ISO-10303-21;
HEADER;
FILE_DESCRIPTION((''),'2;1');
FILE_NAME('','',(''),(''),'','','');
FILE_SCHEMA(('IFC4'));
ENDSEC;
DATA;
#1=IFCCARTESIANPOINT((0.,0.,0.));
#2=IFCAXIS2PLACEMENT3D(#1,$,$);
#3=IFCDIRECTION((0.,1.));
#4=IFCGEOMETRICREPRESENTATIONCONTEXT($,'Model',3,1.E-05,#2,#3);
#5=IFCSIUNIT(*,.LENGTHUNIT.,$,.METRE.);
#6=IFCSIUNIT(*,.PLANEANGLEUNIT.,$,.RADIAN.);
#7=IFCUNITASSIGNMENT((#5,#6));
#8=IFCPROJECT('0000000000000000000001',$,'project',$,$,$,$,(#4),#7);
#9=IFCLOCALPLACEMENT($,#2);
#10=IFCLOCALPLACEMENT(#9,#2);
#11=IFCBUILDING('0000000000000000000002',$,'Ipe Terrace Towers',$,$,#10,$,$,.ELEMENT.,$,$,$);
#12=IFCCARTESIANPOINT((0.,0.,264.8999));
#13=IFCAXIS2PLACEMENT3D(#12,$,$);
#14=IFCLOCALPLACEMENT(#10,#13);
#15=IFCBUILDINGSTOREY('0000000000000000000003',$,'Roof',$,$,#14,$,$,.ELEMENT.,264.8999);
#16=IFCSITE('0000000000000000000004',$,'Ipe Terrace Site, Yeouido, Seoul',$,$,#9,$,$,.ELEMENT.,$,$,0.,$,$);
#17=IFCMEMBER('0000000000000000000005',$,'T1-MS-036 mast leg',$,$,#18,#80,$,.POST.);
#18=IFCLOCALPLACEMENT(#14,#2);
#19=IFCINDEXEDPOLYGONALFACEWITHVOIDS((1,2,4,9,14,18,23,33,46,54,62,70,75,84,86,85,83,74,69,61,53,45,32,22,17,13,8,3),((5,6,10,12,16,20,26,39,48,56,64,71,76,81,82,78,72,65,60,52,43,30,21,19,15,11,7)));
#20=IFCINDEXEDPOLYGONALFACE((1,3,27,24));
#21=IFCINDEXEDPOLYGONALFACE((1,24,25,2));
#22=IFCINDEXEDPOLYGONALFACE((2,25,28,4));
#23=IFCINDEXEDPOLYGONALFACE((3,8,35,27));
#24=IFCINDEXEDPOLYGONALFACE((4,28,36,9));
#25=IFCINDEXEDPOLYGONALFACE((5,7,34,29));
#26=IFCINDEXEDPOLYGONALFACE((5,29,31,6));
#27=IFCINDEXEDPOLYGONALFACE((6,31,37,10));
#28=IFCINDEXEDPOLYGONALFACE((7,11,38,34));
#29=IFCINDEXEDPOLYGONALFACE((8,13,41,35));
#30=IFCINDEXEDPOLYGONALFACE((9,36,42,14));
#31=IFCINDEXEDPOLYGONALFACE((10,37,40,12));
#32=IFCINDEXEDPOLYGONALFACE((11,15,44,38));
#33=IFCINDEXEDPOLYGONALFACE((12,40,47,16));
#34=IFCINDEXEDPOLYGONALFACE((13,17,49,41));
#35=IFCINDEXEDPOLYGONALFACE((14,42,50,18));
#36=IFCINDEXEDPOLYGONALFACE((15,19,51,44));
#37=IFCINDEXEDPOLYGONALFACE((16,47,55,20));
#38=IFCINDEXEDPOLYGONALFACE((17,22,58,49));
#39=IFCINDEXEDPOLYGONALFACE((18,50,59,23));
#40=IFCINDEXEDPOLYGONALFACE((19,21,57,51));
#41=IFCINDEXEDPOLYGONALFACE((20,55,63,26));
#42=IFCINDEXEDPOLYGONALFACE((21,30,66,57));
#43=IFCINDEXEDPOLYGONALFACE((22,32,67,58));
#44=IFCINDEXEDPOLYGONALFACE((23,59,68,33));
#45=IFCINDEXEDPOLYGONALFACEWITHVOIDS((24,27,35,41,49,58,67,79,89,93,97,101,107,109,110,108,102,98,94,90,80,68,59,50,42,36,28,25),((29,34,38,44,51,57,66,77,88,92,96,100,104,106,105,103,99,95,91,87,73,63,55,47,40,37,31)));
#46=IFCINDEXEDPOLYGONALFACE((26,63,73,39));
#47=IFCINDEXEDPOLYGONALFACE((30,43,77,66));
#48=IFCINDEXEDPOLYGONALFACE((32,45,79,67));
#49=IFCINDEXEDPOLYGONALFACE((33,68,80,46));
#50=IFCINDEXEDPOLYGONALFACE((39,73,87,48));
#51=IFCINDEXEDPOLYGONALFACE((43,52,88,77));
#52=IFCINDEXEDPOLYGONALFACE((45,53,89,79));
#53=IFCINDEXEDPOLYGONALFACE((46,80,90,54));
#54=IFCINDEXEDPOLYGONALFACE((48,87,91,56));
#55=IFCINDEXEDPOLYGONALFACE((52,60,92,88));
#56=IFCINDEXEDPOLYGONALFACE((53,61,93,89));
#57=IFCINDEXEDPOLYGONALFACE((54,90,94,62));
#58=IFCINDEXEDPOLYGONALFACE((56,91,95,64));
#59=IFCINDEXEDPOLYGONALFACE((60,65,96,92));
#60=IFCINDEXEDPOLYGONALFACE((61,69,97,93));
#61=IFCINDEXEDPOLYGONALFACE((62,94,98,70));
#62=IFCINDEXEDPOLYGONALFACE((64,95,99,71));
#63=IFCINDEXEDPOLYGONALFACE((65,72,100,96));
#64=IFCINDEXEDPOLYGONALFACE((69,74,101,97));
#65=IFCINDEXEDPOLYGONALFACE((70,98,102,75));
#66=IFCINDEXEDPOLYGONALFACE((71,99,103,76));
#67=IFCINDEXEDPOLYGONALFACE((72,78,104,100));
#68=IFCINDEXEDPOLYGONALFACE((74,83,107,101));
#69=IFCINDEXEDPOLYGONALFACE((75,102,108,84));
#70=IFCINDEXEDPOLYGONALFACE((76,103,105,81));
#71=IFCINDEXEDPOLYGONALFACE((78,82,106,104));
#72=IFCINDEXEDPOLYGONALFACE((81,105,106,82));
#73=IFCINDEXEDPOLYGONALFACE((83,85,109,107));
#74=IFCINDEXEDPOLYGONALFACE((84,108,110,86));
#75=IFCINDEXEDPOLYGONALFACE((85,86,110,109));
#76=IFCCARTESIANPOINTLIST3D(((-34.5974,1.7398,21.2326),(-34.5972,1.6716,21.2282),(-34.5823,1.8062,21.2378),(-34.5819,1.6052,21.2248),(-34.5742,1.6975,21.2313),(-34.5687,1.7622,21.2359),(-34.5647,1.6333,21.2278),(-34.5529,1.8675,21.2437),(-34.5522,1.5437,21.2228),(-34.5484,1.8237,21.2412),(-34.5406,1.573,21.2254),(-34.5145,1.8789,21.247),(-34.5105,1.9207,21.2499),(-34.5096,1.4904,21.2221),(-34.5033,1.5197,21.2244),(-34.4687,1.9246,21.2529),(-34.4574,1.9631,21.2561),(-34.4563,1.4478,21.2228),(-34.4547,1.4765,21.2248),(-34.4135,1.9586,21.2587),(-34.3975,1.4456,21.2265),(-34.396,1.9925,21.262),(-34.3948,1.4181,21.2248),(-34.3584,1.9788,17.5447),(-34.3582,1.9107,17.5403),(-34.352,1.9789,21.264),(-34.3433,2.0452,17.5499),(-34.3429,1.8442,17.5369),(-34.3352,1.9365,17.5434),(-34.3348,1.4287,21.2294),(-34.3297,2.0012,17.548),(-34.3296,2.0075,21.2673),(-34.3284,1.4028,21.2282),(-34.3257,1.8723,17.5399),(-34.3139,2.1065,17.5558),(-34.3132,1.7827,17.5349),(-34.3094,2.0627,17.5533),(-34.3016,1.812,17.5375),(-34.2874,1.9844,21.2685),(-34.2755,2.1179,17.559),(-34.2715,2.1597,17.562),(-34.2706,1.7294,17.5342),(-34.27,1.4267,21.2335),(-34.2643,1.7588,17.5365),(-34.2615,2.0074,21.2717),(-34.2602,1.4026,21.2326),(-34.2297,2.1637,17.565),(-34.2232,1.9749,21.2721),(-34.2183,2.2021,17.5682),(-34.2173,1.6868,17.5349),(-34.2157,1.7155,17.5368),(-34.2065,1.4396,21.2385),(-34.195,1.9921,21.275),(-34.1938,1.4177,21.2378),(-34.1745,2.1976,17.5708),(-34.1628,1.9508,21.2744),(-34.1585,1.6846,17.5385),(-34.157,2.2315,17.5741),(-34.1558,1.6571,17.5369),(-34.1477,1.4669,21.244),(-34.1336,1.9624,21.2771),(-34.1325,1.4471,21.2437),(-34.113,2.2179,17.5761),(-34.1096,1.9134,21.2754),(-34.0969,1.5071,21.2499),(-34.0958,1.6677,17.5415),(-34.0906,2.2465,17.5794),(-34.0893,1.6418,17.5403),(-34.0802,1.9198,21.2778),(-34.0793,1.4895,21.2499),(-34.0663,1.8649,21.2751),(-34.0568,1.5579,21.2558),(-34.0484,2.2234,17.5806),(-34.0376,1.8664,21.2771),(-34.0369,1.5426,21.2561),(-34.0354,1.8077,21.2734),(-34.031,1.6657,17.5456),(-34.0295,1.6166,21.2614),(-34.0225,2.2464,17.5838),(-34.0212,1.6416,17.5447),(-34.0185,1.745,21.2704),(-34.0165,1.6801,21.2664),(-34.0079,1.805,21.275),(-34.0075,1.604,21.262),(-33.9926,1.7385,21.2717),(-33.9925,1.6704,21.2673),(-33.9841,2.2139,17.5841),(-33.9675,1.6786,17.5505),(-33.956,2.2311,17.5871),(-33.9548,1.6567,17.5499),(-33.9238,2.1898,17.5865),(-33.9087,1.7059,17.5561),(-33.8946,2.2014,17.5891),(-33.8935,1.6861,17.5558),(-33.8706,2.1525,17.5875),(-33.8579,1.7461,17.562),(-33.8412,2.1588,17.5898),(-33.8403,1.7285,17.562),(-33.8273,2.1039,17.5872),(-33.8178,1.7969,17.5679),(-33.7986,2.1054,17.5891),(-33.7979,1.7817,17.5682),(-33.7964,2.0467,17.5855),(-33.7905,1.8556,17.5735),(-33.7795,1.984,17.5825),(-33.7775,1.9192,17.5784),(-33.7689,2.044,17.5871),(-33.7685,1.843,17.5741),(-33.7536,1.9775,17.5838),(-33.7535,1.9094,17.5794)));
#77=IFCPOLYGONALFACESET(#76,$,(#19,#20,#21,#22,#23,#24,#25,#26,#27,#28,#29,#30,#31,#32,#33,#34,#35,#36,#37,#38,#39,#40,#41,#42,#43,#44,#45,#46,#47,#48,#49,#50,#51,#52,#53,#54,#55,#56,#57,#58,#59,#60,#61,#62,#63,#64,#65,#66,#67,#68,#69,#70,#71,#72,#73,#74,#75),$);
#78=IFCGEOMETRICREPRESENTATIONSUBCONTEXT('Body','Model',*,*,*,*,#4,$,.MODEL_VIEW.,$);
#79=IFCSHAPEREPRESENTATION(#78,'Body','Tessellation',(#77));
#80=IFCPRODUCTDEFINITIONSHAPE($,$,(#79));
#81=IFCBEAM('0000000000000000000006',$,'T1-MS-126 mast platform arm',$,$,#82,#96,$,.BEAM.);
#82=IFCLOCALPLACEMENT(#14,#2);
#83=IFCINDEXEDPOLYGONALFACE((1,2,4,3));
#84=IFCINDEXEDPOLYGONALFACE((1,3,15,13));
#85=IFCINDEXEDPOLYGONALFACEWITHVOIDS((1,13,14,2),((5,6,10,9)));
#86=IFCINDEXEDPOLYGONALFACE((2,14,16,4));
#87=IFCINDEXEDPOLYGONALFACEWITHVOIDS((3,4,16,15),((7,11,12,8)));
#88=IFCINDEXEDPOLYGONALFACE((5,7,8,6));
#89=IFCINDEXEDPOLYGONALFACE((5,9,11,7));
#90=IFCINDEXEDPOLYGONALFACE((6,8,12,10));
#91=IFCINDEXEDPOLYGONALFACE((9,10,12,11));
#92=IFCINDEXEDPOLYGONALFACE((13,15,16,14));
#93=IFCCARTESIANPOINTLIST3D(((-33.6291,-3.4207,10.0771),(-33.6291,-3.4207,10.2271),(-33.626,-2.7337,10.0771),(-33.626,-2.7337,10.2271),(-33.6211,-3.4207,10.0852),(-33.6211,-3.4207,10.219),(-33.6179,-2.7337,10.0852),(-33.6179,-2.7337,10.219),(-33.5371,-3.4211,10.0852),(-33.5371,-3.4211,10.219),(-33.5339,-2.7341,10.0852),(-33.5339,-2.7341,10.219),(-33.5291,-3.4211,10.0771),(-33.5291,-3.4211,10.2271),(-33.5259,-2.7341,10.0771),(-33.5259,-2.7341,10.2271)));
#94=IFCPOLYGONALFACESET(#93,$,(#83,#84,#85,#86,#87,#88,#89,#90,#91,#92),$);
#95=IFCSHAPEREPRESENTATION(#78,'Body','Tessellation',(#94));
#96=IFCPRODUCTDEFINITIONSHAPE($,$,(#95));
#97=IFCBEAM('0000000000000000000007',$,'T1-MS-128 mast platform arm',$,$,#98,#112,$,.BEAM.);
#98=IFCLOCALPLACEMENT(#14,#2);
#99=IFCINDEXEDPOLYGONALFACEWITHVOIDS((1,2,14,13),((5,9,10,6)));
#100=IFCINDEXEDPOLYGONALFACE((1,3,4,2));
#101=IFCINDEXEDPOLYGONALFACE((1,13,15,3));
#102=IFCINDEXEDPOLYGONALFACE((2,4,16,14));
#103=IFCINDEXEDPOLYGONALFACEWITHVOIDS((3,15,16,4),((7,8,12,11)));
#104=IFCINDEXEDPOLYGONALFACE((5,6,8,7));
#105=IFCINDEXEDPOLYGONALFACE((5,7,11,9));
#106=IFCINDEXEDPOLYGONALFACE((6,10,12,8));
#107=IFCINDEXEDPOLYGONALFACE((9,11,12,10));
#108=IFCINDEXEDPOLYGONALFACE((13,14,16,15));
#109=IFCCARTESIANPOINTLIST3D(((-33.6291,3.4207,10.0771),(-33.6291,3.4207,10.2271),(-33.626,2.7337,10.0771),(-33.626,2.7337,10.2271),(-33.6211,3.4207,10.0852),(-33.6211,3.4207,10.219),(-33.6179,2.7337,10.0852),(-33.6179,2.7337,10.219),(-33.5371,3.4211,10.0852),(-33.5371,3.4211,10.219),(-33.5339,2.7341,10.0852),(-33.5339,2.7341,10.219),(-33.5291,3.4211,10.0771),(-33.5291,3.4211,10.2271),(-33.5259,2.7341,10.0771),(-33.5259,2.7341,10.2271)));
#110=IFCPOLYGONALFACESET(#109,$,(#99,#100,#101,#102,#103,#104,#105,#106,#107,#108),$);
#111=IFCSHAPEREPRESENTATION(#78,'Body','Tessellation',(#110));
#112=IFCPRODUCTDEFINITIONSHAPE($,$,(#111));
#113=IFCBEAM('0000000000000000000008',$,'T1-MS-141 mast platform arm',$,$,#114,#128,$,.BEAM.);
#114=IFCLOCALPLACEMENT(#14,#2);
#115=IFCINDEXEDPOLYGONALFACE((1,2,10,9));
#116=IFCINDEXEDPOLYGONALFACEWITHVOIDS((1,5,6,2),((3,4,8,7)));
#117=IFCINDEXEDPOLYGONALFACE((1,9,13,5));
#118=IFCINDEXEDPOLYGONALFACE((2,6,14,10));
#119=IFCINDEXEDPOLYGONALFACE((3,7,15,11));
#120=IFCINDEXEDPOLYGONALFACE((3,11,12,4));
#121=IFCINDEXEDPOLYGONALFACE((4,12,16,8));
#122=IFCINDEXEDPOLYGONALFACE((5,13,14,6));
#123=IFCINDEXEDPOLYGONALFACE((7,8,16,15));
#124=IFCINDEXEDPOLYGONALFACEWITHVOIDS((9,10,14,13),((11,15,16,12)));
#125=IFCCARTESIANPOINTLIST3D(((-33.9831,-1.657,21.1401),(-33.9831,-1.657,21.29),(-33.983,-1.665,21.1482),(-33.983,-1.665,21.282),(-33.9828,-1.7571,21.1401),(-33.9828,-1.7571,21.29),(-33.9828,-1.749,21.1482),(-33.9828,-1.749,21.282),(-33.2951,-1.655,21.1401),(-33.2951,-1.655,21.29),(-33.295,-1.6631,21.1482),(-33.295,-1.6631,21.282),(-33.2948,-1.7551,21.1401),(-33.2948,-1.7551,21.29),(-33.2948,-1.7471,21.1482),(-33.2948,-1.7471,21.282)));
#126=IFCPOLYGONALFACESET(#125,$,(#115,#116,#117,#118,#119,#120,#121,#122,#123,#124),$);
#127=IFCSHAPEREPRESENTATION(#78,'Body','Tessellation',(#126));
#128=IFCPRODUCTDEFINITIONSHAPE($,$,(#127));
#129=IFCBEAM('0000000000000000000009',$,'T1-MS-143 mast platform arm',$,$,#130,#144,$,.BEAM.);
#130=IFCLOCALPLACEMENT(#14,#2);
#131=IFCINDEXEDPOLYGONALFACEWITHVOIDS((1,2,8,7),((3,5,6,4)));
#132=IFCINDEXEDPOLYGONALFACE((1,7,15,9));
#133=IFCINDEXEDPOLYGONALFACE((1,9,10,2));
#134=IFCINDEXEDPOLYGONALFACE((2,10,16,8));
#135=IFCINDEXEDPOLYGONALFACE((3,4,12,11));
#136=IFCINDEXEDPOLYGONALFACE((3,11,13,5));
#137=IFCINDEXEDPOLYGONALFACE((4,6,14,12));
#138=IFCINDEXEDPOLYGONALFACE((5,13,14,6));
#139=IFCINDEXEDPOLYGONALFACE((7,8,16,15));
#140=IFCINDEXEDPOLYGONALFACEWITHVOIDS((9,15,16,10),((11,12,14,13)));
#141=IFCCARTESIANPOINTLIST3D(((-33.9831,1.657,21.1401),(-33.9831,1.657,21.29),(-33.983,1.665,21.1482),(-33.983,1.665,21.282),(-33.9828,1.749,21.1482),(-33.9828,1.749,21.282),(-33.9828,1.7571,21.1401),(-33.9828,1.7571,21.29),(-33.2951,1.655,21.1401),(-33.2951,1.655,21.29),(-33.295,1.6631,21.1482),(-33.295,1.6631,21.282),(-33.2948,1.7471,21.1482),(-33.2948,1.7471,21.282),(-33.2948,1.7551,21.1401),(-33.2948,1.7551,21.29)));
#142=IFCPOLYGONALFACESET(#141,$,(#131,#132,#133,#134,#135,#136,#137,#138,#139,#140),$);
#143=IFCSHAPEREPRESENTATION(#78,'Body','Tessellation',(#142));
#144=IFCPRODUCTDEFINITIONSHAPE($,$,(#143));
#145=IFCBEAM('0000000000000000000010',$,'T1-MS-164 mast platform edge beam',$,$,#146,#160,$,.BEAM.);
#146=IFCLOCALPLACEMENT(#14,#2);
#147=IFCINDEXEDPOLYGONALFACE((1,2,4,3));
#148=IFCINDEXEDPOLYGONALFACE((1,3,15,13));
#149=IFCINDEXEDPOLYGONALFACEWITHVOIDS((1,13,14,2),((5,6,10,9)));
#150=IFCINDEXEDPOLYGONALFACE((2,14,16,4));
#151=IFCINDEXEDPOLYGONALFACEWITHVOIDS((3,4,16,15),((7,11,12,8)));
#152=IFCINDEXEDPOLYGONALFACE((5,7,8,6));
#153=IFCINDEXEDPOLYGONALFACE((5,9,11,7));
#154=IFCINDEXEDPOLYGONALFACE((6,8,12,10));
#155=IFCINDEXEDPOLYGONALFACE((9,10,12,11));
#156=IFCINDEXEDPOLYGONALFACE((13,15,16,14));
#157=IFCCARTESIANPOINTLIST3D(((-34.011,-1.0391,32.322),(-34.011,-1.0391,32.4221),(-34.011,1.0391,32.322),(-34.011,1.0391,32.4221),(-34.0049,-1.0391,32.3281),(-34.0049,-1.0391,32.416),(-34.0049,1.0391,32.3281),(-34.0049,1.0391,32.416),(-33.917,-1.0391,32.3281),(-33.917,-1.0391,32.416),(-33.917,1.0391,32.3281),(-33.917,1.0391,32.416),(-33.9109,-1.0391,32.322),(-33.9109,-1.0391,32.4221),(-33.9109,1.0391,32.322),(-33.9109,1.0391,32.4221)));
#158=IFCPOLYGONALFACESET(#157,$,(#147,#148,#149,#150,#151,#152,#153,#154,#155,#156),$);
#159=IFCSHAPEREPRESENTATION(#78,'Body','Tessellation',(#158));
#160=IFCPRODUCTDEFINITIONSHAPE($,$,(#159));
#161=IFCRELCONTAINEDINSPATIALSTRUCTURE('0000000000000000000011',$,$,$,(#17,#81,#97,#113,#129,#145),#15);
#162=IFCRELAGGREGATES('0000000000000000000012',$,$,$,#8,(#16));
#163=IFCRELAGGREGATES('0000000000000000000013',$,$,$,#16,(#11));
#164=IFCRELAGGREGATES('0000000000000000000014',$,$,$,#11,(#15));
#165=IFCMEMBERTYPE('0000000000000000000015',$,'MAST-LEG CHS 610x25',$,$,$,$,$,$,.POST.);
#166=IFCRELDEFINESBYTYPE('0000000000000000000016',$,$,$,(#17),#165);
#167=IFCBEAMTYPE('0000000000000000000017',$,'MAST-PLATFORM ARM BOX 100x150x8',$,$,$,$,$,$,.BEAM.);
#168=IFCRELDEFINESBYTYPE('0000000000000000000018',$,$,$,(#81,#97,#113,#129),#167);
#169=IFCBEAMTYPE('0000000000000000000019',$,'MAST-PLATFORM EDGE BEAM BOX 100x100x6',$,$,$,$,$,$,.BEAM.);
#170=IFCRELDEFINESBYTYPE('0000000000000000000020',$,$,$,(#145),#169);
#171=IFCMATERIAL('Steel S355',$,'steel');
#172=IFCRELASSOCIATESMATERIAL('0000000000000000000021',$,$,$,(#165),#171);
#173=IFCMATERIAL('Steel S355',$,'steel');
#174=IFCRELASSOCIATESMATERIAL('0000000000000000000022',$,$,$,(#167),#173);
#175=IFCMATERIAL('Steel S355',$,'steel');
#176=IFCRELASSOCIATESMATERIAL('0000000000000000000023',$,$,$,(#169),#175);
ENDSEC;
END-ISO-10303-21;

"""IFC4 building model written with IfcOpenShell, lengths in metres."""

from ifc_helpers import new_model, si_unit, direction, frame, origin, origin_2d, place, context, subcontext, project, spatial, hollow_rectangle, hollow_circle, extrude, material, material_profile, profile_set, type_object, element, save


model = new_model("IFC4")

# Units and contexts
model_context = context("Model", 3, precision=1e-05, world=origin(), true_north=direction((0.0, 1.0)))
body_context = subcontext(model_context, "Body", "Model", "MODEL_VIEW")
ifc_project = project(units=[si_unit("LENGTHUNIT", "METRE"), si_unit("PLANEANGLEUNIT", "RADIAN")], contexts=[model_context])

# Site, building, storey
site_placement = place(None, origin())
site = spatial("IfcSite", under=ifc_project, at=site_placement, Name="Ipe Terrace Site, Yeouido, Seoul", CompositionType="ELEMENT", RefElevation=0.0)
building_placement = place(site_placement, origin())
building = spatial("IfcBuilding", under=site, at=building_placement, Name="Ipe Terrace Towers", CompositionType="ELEMENT")
storey_placement = place(building_placement, frame((0.0, 0.0, 264.8999)))
storey = spatial("IfcBuildingStorey", under=building, at=storey_placement, Name="Roof", CompositionType="ELEMENT", Elevation=264.8999)

# Member
ifc_material_1 = material(Name="Steel S355", Category="steel")
ifc_material_profile_1 = material_profile(ifc_material_1, hollow_circle(Radius=0.3049, WallThickness=0.0249, at=origin_2d()), Name="MAST-LEG CHS 610x25")
ifc_profile_set_1 = profile_set([ifc_material_profile_1], Name="Steel S355")
member_type_1 = type_object("IfcMemberType", Name="MAST-LEG CHS 610x25", PredefinedType="POST", material=ifc_profile_set_1)
member_1_placement = place(storey_placement, frame((-34.0559, 1.9441, 17.562), z_axis=(-0.064538, -0.064538, 0.995826), x_axis=(0.707107, -0.707107, 0.0)))
element("IfcMember", 1, at=member_1_placement, inside=storey, type_object=member_type_1, Name="T1-MS-036 mast leg", PredefinedType="POST", context=body_context, shape_type="SweptSolid", body=[
    extrude(hollow_circle(Radius=0.3049, WallThickness=0.0249, at=origin_2d()), origin(), (0.0, 0.0, 1.0), 3.7034),
])

# Beams
ifc_material_2 = material(Name="Steel S355", Category="steel")
ifc_material_profile_2 = material_profile(ifc_material_2, hollow_rectangle(XDim=0.1001, YDim=0.1499, WallThickness=0.0081, at=origin_2d()), Name="MAST-PLATFORM ARM BOX 100x150x8")
ifc_profile_set_2 = profile_set([ifc_material_profile_2], Name="Steel S355")
beam_type_1 = type_object("IfcBeamType", Name="MAST-PLATFORM ARM BOX 100x150x8", PredefinedType="BEAM", material=ifc_profile_set_2)
for number, where, z_axis, x_axis, name in (
    (2, (-33.5759, -2.7339, 10.1521), (-0.00462, -0.999989, 0.0), (0.999989, -0.00462, 0.0), "T1-MS-126 mast platform arm"),
    (3, (-33.5759, 2.7339, 10.1521), (-0.00462, 0.999989, 0.0), (-0.999989, -0.00462, 0.0), "T1-MS-128 mast platform arm"),
):
    element("IfcBeam", number, at=place(storey_placement, frame(where, z_axis=z_axis, x_axis=x_axis)), inside=storey, type_object=beam_type_1, Name=name, PredefinedType="BEAM", context=body_context, shape_type="SweptSolid", body=[
        extrude(hollow_rectangle(XDim=0.1001, YDim=0.1499, WallThickness=0.0081, at=origin_2d()), origin(), (0.0, 0.0, 1.0), 0.687),
    ])
for number, where, z_axis, x_axis, name in (
    (4, (-33.9829, -1.707, 21.2151), (0.999996, 0.002839, 0.0), (-0.002839, 0.999996, 0.0), "T1-MS-141 mast platform arm"),
    (5, (-33.9829, 1.707, 21.2151), (0.999996, -0.002839, 0.0), (0.002839, 0.999996, 0.0), "T1-MS-143 mast platform arm"),
):
    element("IfcBeam", number, at=place(storey_placement, frame(where, z_axis=z_axis, x_axis=x_axis)), inside=storey, type_object=beam_type_1, Name=name, PredefinedType="BEAM", context=body_context, shape_type="SweptSolid", body=[
        extrude(hollow_rectangle(XDim=0.1001, YDim=0.1499, WallThickness=0.0081, at=origin_2d()), origin(), (0.0, 0.0, 1.0), 0.688),
    ])
ifc_material_3 = material(Name="Steel S355", Category="steel")
ifc_material_profile_3 = material_profile(ifc_material_3, hollow_rectangle(XDim=0.1001, YDim=0.1001, WallThickness=0.0061, at=origin_2d()), Name="MAST-PLATFORM EDGE BEAM BOX 100x100x6")
ifc_profile_set_3 = profile_set([ifc_material_profile_3], Name="Steel S355")
beam_type_2 = type_object("IfcBeamType", Name="MAST-PLATFORM EDGE BEAM BOX 100x100x6", PredefinedType="BEAM", material=ifc_profile_set_3)
beam_placement = place(storey_placement, frame((-33.9609, -1.0391, 32.3721), z_axis=(0.0, 1.0, 0.0), x_axis=(-1.0, 0.0, 0.0)))
element("IfcBeam", 6, at=beam_placement, inside=storey, type_object=beam_type_2, Name="T1-MS-164 mast platform edge beam", PredefinedType="BEAM", context=body_context, shape_type="SweptSolid", body=[
    extrude(hollow_rectangle(XDim=0.1001, YDim=0.1001, WallThickness=0.0061, at=origin_2d()), origin(), (0.0, 0.0, 1.0), 2.0781),
])

save(model, "model.ifc")
